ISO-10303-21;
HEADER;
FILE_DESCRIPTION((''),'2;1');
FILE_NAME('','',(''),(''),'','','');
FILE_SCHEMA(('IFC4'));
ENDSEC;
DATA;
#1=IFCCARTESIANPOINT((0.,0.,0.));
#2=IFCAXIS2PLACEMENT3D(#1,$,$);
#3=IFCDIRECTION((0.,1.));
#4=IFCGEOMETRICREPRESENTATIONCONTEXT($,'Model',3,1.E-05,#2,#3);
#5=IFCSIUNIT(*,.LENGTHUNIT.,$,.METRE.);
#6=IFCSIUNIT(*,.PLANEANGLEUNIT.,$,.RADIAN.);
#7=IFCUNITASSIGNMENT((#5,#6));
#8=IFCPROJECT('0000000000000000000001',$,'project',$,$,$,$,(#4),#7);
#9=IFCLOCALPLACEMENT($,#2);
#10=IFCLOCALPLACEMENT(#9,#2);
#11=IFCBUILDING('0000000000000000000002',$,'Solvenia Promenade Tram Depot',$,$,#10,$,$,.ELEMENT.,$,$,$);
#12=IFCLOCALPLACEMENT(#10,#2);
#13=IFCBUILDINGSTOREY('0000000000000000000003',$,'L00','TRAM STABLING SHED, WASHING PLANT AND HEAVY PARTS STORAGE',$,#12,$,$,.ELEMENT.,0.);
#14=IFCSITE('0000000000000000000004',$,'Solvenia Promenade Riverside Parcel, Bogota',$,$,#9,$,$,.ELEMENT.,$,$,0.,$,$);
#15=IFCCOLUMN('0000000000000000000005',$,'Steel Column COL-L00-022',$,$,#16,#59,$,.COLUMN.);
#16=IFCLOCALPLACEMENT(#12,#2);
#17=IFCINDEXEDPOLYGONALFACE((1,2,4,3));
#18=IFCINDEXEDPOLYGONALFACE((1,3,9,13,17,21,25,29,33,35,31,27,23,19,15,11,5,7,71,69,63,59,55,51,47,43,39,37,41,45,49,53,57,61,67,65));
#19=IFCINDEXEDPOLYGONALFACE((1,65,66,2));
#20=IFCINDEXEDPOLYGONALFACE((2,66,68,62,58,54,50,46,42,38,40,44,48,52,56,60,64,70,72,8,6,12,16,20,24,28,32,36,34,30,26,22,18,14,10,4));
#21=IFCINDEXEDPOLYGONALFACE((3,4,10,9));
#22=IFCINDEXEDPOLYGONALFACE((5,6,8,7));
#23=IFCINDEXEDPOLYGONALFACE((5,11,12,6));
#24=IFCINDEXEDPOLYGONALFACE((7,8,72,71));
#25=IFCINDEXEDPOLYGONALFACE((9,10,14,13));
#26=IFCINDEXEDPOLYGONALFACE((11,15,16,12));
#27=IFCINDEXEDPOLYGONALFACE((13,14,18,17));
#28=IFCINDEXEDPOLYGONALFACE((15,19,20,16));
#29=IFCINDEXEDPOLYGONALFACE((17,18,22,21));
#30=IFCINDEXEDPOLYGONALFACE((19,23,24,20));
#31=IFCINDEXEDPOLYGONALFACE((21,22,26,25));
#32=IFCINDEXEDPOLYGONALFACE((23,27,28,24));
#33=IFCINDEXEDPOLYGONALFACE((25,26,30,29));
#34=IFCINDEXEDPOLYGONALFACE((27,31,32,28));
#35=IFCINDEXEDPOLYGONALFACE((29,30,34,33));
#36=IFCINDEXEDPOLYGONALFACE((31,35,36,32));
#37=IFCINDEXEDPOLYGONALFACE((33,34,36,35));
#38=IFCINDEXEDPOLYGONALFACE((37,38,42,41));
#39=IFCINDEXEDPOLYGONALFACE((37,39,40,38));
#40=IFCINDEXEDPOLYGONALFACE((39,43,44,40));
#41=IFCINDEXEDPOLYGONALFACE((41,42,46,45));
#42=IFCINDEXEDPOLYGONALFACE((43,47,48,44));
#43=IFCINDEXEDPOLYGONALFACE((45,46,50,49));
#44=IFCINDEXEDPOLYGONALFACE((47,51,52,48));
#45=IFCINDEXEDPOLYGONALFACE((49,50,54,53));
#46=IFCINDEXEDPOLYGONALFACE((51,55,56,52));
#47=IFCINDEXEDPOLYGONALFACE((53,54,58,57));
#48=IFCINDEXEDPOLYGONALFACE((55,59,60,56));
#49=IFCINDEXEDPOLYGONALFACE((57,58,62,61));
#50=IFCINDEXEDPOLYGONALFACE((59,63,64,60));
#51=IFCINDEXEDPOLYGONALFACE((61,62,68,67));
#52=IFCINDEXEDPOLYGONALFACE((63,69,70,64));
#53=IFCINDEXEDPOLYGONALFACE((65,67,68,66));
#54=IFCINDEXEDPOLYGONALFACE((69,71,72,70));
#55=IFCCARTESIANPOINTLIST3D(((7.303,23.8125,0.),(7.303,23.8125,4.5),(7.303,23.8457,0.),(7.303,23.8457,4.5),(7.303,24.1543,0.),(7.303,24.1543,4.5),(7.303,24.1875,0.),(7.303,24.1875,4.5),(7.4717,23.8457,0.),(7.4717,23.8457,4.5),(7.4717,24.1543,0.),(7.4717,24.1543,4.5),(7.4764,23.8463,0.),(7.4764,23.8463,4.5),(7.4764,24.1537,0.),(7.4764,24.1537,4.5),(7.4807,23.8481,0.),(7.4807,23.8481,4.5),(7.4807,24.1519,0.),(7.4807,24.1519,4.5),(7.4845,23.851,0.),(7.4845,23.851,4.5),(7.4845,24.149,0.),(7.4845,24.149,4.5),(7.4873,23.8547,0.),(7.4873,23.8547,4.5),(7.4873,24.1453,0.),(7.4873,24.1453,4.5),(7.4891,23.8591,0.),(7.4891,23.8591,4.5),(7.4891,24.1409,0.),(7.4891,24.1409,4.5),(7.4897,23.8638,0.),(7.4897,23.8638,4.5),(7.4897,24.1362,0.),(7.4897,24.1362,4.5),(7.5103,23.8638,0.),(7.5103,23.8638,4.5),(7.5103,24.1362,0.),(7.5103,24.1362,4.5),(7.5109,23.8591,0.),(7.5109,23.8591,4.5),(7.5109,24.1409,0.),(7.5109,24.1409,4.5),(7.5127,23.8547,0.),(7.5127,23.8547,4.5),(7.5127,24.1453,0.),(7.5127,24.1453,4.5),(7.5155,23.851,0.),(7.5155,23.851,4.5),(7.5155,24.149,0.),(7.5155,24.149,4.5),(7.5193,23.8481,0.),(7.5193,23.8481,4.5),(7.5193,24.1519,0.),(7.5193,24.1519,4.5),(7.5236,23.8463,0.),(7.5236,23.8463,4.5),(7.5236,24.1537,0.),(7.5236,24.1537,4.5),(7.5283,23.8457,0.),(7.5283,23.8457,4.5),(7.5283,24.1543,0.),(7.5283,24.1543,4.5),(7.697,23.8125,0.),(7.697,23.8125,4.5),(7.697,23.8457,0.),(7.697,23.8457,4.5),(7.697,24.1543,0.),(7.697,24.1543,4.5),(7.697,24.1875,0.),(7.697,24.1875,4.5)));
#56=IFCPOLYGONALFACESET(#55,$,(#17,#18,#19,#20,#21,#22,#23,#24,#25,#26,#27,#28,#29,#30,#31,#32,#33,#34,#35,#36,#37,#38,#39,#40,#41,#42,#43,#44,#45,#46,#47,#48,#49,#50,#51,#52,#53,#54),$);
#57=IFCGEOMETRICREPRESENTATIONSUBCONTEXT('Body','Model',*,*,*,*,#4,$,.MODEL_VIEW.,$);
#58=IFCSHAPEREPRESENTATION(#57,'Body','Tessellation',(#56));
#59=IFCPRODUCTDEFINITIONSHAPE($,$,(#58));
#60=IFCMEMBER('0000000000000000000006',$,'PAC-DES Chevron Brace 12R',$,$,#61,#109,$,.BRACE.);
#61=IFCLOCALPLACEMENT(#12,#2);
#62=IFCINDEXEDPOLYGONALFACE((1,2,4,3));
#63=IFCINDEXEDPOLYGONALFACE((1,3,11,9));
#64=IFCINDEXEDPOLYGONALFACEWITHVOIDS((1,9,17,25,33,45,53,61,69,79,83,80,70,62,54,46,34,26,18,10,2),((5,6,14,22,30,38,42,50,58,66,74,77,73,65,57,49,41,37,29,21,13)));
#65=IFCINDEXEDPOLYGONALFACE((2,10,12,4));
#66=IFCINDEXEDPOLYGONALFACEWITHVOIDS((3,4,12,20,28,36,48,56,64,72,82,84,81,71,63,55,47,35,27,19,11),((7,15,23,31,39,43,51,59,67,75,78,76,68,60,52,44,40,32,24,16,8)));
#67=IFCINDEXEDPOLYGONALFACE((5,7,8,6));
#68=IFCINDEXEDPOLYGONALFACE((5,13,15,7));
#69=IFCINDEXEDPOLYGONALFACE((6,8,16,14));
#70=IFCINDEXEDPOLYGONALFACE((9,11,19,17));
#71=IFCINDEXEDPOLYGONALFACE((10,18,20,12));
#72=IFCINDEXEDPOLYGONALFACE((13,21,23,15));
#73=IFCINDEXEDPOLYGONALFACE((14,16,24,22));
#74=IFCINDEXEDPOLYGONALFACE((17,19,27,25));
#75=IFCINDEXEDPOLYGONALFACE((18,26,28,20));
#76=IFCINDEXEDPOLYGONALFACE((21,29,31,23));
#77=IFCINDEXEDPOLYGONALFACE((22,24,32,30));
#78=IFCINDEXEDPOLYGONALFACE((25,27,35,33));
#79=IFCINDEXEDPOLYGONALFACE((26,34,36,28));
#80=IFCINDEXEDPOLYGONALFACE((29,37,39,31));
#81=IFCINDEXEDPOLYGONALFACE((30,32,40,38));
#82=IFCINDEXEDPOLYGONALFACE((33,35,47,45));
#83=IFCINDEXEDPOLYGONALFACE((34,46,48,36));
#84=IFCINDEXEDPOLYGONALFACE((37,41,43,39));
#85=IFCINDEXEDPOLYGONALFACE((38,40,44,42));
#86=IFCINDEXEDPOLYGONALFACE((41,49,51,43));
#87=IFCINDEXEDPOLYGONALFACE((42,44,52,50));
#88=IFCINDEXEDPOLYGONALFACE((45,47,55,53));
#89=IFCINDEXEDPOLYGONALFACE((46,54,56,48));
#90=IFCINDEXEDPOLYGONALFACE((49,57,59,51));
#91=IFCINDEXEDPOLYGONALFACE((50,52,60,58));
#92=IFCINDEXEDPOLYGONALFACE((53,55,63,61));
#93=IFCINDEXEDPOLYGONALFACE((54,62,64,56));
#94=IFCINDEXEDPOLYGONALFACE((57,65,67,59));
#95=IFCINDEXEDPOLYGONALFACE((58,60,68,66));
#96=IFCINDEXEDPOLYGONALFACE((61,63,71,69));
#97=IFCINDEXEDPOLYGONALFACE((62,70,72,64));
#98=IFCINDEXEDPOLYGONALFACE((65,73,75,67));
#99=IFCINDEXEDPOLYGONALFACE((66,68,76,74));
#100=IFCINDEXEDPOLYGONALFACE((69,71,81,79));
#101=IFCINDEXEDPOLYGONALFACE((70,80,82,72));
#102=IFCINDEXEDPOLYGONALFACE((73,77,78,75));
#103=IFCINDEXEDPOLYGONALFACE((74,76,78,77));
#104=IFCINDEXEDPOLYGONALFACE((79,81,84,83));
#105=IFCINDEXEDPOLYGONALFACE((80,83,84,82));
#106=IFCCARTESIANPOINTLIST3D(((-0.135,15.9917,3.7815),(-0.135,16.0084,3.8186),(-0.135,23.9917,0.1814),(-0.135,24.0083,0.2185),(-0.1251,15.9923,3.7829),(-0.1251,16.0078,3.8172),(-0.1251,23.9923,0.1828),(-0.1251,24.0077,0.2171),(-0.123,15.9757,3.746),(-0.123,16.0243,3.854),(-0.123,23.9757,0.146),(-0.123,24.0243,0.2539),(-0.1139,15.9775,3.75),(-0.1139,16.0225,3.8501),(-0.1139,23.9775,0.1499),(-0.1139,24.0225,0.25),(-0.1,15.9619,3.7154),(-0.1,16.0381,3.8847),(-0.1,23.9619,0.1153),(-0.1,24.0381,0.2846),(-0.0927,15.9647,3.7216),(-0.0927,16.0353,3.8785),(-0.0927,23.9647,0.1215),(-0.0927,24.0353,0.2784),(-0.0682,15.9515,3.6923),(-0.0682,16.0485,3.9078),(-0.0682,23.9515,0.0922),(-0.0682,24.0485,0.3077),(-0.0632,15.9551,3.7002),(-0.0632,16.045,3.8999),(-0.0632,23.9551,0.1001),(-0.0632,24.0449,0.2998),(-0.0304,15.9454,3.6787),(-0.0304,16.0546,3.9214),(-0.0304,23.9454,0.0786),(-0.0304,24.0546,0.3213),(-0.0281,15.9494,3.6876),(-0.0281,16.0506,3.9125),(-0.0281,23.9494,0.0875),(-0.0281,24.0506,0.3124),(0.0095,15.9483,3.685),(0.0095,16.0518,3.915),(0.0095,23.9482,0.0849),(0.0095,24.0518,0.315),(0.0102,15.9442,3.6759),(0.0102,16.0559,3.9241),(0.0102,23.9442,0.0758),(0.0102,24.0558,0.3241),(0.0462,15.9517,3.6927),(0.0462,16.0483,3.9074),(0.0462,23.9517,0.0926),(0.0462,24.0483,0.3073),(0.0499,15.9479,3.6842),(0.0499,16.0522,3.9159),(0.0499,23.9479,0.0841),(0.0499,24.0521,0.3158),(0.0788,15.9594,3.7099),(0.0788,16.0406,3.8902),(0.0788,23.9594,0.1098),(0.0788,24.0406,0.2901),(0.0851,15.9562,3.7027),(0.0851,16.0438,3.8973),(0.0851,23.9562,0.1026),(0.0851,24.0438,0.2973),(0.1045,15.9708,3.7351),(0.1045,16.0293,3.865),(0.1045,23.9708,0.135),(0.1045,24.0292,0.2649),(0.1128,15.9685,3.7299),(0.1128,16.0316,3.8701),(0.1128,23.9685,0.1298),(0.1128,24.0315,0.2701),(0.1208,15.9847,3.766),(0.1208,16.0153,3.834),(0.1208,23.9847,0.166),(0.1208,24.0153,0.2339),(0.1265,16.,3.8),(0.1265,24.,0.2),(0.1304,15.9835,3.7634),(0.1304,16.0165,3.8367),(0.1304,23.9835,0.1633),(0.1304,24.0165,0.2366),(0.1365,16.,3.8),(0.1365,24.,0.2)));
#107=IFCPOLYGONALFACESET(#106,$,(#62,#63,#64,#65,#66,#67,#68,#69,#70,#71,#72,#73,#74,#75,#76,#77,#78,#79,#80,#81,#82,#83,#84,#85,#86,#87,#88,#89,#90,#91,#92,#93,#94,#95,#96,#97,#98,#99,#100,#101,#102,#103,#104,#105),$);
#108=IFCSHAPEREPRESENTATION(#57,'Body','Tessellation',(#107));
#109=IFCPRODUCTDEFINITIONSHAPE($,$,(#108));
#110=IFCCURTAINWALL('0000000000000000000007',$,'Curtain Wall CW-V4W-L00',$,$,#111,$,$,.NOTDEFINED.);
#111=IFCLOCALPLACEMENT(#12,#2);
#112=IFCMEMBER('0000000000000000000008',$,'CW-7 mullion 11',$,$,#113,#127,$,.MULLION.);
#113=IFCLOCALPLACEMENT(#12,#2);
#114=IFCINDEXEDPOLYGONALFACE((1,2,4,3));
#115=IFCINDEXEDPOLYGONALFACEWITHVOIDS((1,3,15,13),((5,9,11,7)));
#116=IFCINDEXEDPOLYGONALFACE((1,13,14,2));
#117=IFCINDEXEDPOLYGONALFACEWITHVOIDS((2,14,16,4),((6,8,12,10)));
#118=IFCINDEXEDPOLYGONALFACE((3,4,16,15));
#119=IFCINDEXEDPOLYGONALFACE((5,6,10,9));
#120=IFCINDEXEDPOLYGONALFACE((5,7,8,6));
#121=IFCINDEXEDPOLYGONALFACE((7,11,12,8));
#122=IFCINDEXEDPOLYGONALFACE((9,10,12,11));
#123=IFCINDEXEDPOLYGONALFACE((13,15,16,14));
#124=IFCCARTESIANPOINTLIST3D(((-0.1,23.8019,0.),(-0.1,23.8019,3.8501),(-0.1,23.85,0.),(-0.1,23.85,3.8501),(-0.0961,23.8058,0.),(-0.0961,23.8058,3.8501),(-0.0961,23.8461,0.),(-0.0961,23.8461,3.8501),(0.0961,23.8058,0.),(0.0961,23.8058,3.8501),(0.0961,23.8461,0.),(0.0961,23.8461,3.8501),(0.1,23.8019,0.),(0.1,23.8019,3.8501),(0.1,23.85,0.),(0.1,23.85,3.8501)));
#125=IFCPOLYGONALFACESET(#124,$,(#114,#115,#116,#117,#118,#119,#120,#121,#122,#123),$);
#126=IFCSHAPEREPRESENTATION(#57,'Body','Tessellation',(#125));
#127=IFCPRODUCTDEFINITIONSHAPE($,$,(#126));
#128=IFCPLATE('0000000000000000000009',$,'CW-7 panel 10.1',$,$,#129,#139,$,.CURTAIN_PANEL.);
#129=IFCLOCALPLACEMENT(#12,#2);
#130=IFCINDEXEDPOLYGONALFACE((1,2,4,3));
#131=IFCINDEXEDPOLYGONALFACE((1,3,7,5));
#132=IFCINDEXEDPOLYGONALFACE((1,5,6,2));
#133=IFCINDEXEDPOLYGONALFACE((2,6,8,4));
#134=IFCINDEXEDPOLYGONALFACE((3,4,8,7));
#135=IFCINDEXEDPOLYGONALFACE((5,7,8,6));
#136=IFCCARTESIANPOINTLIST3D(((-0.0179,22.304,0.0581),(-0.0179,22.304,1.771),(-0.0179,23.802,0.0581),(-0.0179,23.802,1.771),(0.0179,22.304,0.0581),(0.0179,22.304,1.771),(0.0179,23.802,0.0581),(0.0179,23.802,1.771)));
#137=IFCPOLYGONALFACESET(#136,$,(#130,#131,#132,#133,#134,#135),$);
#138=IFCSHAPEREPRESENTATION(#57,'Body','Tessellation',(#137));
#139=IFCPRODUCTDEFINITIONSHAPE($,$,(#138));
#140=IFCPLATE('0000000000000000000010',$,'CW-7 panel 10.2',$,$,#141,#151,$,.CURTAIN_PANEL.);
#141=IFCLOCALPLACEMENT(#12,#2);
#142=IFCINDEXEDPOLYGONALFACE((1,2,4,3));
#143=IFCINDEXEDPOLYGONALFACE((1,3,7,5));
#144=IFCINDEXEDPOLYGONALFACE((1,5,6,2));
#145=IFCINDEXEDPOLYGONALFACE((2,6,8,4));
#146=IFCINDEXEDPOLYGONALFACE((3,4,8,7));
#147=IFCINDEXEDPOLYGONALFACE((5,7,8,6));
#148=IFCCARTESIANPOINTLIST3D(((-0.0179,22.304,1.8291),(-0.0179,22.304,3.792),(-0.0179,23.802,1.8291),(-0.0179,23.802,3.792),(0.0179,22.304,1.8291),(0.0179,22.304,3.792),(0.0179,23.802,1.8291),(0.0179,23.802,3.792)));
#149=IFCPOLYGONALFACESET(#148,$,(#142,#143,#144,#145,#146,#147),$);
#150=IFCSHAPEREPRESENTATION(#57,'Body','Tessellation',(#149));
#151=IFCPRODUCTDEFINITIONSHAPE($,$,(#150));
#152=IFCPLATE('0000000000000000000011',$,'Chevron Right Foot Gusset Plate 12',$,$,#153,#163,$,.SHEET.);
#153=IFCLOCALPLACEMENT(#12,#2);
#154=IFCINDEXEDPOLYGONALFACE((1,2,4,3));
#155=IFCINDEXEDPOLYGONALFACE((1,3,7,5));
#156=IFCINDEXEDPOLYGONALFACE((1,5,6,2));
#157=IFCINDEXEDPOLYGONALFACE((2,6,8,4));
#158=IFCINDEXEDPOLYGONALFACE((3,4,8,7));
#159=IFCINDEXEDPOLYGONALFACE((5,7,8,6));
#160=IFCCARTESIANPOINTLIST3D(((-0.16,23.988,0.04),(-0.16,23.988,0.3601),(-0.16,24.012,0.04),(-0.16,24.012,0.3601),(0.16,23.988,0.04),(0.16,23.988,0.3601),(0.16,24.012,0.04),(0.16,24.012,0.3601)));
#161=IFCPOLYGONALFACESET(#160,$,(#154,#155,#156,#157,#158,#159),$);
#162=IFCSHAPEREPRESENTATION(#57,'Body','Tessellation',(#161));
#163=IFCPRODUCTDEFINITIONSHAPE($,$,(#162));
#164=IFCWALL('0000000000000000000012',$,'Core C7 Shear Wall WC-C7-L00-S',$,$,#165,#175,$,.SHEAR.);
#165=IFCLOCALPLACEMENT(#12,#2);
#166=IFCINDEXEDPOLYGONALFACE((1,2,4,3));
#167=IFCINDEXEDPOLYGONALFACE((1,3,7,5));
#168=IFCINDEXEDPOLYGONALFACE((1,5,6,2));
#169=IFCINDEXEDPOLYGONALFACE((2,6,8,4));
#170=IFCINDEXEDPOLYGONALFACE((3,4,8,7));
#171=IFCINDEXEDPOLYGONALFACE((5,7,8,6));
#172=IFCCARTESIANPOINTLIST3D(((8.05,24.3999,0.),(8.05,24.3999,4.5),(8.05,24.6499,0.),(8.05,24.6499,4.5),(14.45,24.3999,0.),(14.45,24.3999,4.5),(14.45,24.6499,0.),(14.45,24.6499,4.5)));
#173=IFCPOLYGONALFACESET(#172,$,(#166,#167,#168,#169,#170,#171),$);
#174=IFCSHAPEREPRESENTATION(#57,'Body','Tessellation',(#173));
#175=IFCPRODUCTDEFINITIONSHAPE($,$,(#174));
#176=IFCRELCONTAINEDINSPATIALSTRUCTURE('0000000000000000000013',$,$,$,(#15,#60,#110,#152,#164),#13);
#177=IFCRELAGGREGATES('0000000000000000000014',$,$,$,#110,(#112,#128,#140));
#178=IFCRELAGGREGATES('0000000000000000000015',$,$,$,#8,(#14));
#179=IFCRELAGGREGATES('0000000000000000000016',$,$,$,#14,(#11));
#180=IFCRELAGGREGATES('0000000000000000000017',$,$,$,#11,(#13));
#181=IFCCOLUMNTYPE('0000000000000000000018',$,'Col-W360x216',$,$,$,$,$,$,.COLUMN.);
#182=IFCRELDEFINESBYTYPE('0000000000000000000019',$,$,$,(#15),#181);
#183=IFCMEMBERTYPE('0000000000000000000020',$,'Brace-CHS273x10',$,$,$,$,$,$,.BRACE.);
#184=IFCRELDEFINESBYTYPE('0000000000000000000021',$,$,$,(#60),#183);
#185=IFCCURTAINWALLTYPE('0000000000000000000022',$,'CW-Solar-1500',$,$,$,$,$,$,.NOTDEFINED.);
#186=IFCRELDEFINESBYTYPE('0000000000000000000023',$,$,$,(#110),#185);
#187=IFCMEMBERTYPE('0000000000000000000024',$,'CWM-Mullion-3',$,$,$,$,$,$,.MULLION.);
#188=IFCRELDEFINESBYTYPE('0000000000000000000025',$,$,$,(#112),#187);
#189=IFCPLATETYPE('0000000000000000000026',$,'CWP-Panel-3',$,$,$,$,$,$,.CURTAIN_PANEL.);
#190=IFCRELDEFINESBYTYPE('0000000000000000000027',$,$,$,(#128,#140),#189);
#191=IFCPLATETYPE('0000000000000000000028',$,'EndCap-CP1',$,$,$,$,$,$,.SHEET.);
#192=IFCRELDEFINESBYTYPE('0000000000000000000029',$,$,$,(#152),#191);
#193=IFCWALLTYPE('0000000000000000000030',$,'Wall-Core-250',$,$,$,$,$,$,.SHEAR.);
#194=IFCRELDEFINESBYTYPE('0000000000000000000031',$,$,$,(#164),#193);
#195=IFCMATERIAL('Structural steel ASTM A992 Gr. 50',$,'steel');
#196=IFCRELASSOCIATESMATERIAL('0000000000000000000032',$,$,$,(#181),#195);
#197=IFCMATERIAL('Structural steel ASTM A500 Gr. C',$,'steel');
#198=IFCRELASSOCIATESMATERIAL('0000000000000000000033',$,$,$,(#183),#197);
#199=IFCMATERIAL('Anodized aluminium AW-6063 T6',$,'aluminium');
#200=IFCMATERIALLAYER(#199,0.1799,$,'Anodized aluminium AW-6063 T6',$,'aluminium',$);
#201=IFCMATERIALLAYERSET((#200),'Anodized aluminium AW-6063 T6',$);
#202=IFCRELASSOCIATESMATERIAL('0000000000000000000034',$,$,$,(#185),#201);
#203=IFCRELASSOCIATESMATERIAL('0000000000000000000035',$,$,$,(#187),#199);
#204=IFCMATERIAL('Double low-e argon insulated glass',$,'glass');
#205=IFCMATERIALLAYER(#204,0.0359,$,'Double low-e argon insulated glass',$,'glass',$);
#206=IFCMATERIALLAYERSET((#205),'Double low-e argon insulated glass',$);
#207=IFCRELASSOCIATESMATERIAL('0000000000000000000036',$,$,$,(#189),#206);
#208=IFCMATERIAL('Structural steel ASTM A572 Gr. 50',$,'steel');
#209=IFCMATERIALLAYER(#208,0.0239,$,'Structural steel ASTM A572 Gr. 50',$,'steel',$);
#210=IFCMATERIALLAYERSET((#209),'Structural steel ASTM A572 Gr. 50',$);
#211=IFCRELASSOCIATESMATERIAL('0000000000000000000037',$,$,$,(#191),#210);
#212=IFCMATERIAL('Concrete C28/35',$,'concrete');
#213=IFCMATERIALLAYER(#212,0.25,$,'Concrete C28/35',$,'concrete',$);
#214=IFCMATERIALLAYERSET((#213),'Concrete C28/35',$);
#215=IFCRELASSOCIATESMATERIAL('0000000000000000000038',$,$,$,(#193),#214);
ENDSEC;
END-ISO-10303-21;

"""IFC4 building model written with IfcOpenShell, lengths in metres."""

from ifc_helpers import new_model, si_unit, direction, frame, frame_2d, origin, origin_2d, place, context, subcontext, project, spatial, rectangle, hollow_rectangle, hollow_circle, i_section, extrude, material, layer, layer_set, material_profile, profile_set, type_object, element, aggregate, save


model = new_model("IFC4")

# Units and contexts
model_context = context("Model", 3, precision=1e-05, world=origin(), true_north=direction((0.0, 1.0)))
body_context = subcontext(model_context, "Body", "Model", "MODEL_VIEW")
ifc_project = project(units=[si_unit("LENGTHUNIT", "METRE"), si_unit("PLANEANGLEUNIT", "RADIAN")], contexts=[model_context])

# Site, building, storey
site_placement = place(None, origin())
site = spatial("IfcSite", under=ifc_project, at=site_placement, Name="Solvenia Promenade Riverside Parcel, Bogota", CompositionType="ELEMENT", RefElevation=0.0)
building_placement = place(site_placement, origin())
building = spatial("IfcBuilding", under=site, at=building_placement, Name="Solvenia Promenade Tram Depot", CompositionType="ELEMENT")
storey_placement = place(building_placement, origin())
storey = spatial("IfcBuildingStorey", under=building, at=storey_placement, Name="L00", Description="TRAM STABLING SHED, WASHING PLANT AND HEAVY PARTS STORAGE", CompositionType="ELEMENT", Elevation=0.0)

# Shared definitions
ifc_material_1 = material(Name="Concrete C28/35", Category="concrete")

# Column
ifc_material_2 = material(Name="Structural steel ASTM A992 Gr. 50", Category="steel")
ifc_material_profile_1 = material_profile(ifc_material_2, i_section(OverallWidth=0.394, OverallDepth=0.375, WebThickness=0.0205, FlangeThickness=0.0332, FilletRadius=0.0181, at=origin_2d()), Name="W360x216", Category="steel")
ifc_profile_set_1 = profile_set([ifc_material_profile_1], Name="Structural steel ASTM A992 Gr. 50")
column_type = type_object("IfcColumnType", Name="Col-W360x216", PredefinedType="COLUMN", material=ifc_profile_set_1)
for number, where, z_axis, x_axis, name in (
    (1, (7.5, 24.0, 0.0), (0.0, 0.0, 1.0), (1.0, 0.0, 0.0), "Steel Column COL-L00-022"),
):
    element("IfcColumn", number, at=place(storey_placement, frame(where, z_axis=z_axis, x_axis=x_axis)), inside=storey, type_object=column_type, Name=name, PredefinedType="COLUMN", context=body_context, shape_type="SweptSolid", body=[
        extrude(i_section(OverallWidth=0.394, OverallDepth=0.375, WebThickness=0.0205, FlangeThickness=0.0332, FilletRadius=0.0181, at=origin_2d()), origin(), (0.0, 0.0, 1.0), 4.5),
    ])

# Member
ifc_material_3 = material(Name="Structural steel ASTM A500 Gr. C", Category="steel")
ifc_material_profile_2 = material_profile(ifc_material_3, hollow_circle(Radius=0.1365, WallThickness=0.01, at=origin_2d()), Name="CHS273.0x10", Category="steel")
ifc_profile_set_2 = profile_set([ifc_material_profile_2], Name="Structural steel ASTM A500 Gr. C")
member_type_1 = type_object("IfcMemberType", Name="Brace-CHS273x10", PredefinedType="BRACE", material=ifc_profile_set_2)
member_1_placement = place(storey_placement, frame((0.0, 24.0, 0.2), z_axis=(0.0, -0.911917, 0.410374), x_axis=(1.0, 0.0, 0.0)))
element("IfcMember", 2, at=member_1_placement, inside=storey, type_object=member_type_1, Name="PAC-DES Chevron Brace 12R", PredefinedType="BRACE", context=body_context, shape_type="SweptSolid", body=[
    extrude(hollow_circle(Radius=0.1365, WallThickness=0.01, at=origin_2d()), origin(), (0.0, 0.0, 1.0), 8.7727),
])

# Curtain wall, member, plates
ifc_material_4 = material(Name="Anodized aluminium AW-6063 T6", Category="aluminium")
ifc_layer_1 = layer(ifc_material_4, 0.1799, Name="Anodized aluminium AW-6063 T6", Category="aluminium")
ifc_layer_set_1 = layer_set([ifc_layer_1], Name="Anodized aluminium AW-6063 T6")
curtain_wall_type = type_object("IfcCurtainWallType", Name="CW-Solar-1500", PredefinedType="NOTDEFINED", material=ifc_layer_set_1)
curtain_wall_placement = place(storey_placement, origin())
curtain_wall = element("IfcCurtainWall", 3, at=curtain_wall_placement, inside=storey, type_object=curtain_wall_type, Name="Curtain Wall CW-V4W-L00", PredefinedType="NOTDEFINED")
ifc_material_profile_3 = material_profile(ifc_material_4, hollow_rectangle(XDim=0.2, YDim=0.0481, WallThickness=0.0039, at=origin_2d()), Name="ALU-M3", Category="aluminium")
ifc_profile_set_3 = profile_set([ifc_material_profile_3], Name="Anodized aluminium AW-6063 T6")
member_type_2 = type_object("IfcMemberType", Name="CWM-Mullion-3", PredefinedType="MULLION", material=ifc_profile_set_3)
member_2_placement = place(storey_placement, frame((0.0, 23.8259, 0.0), z_axis=(0.0, 0.0, 1.0), x_axis=(-1.0, 0.0, 0.0)))
member_2 = element("IfcMember", 4, at=member_2_placement, type_object=member_type_2, Name="CW-7 mullion 11", PredefinedType="MULLION", context=body_context, shape_type="SweptSolid", body=[
    extrude(hollow_rectangle(XDim=0.2, YDim=0.0481, WallThickness=0.0039, at=origin_2d()), origin(), (0.0, 0.0, 1.0), 3.8501),
])
ifc_material_5 = material(Name="Double low-e argon insulated glass", Category="glass")
ifc_layer_2 = layer(ifc_material_5, 0.0359, Name="Double low-e argon insulated glass", Category="glass")
ifc_layer_set_2 = layer_set([ifc_layer_2], Name="Double low-e argon insulated glass")
plate_type_1 = type_object("IfcPlateType", Name="CWP-Panel-3", PredefinedType="CURTAIN_PANEL", material=ifc_layer_set_2)
plate_1_placement = place(storey_placement, frame((0.0, 23.053, 0.0581), z_axis=(0.0, 0.0, 1.0), x_axis=(0.0, 1.0, 0.0)))
plate_1 = element("IfcPlate", 5, at=plate_1_placement, type_object=plate_type_1, Name="CW-7 panel 10.1", PredefinedType="CURTAIN_PANEL", context=body_context, shape_type="SweptSolid", body=[
    extrude(rectangle(XDim=1.498, YDim=0.0359, at=origin_2d()), origin(), (0.0, 0.0, 1.0), 1.7129),
])
plate_2_placement = place(storey_placement, frame((0.0, 23.053, 1.8291), z_axis=(0.0, 0.0, 1.0), x_axis=(0.0, 1.0, 0.0)))
plate_2 = element("IfcPlate", 6, at=plate_2_placement, type_object=plate_type_1, Name="CW-7 panel 10.2", PredefinedType="CURTAIN_PANEL", context=body_context, shape_type="SweptSolid", body=[
    extrude(rectangle(XDim=1.498, YDim=0.0359, at=origin_2d()), origin(), (0.0, 0.0, 1.0), 1.9629),
])
aggregate(curtain_wall, [member_2, plate_1, plate_2])

# Plate
ifc_material_6 = material(Name="Structural steel ASTM A572 Gr. 50", Category="steel")
ifc_layer_3 = layer(ifc_material_6, 0.0239, Name="Structural steel ASTM A572 Gr. 50", Category="steel")
ifc_layer_set_3 = layer_set([ifc_layer_3], Name="Structural steel ASTM A572 Gr. 50")
plate_type_2 = type_object("IfcPlateType", Name="EndCap-CP1", PredefinedType="SHEET", material=ifc_layer_set_3)
plate_3_placement = place(storey_placement, frame((0.0, 24.0, 0.04), z_axis=(0.0, 0.0, 1.0), x_axis=(1.0, 0.0, 0.0)))
element("IfcPlate", 7, at=plate_3_placement, inside=storey, type_object=plate_type_2, Name="Chevron Right Foot Gusset Plate 12", PredefinedType="SHEET", context=body_context, shape_type="SweptSolid", body=[
    extrude(rectangle(XDim=0.3201, YDim=0.0239, at=origin_2d()), origin(), (0.0, 0.0, 1.0), 0.3201),
])

# Wall
ifc_layer_4 = layer(ifc_material_1, 0.25, Name="Concrete C28/35", Category="concrete")
ifc_layer_set_4 = layer_set([ifc_layer_4], Name="Concrete C28/35")
wall_type_1 = type_object("IfcWallType", Name="Wall-Core-250", PredefinedType="SHEAR", material=ifc_layer_set_4)
wall_1_placement = place(storey_placement, frame((8.05, 24.5249, 0.0), z_axis=(0.0, 0.0, 1.0), x_axis=(1.0, 0.0, 0.0)))
element("IfcWall", 8, at=wall_1_placement, inside=storey, type_object=wall_type_1, Name="Core C7 Shear Wall WC-C7-L00-S", PredefinedType="SHEAR", context=body_context, shape_type="SweptSolid", body=[
    extrude(rectangle(XDim=6.3999, YDim=0.25, at=frame_2d((3.2, 0.0))), origin(), (0.0, 0.0, 1.0), 4.5),
])

save(model, "model.ifc")
